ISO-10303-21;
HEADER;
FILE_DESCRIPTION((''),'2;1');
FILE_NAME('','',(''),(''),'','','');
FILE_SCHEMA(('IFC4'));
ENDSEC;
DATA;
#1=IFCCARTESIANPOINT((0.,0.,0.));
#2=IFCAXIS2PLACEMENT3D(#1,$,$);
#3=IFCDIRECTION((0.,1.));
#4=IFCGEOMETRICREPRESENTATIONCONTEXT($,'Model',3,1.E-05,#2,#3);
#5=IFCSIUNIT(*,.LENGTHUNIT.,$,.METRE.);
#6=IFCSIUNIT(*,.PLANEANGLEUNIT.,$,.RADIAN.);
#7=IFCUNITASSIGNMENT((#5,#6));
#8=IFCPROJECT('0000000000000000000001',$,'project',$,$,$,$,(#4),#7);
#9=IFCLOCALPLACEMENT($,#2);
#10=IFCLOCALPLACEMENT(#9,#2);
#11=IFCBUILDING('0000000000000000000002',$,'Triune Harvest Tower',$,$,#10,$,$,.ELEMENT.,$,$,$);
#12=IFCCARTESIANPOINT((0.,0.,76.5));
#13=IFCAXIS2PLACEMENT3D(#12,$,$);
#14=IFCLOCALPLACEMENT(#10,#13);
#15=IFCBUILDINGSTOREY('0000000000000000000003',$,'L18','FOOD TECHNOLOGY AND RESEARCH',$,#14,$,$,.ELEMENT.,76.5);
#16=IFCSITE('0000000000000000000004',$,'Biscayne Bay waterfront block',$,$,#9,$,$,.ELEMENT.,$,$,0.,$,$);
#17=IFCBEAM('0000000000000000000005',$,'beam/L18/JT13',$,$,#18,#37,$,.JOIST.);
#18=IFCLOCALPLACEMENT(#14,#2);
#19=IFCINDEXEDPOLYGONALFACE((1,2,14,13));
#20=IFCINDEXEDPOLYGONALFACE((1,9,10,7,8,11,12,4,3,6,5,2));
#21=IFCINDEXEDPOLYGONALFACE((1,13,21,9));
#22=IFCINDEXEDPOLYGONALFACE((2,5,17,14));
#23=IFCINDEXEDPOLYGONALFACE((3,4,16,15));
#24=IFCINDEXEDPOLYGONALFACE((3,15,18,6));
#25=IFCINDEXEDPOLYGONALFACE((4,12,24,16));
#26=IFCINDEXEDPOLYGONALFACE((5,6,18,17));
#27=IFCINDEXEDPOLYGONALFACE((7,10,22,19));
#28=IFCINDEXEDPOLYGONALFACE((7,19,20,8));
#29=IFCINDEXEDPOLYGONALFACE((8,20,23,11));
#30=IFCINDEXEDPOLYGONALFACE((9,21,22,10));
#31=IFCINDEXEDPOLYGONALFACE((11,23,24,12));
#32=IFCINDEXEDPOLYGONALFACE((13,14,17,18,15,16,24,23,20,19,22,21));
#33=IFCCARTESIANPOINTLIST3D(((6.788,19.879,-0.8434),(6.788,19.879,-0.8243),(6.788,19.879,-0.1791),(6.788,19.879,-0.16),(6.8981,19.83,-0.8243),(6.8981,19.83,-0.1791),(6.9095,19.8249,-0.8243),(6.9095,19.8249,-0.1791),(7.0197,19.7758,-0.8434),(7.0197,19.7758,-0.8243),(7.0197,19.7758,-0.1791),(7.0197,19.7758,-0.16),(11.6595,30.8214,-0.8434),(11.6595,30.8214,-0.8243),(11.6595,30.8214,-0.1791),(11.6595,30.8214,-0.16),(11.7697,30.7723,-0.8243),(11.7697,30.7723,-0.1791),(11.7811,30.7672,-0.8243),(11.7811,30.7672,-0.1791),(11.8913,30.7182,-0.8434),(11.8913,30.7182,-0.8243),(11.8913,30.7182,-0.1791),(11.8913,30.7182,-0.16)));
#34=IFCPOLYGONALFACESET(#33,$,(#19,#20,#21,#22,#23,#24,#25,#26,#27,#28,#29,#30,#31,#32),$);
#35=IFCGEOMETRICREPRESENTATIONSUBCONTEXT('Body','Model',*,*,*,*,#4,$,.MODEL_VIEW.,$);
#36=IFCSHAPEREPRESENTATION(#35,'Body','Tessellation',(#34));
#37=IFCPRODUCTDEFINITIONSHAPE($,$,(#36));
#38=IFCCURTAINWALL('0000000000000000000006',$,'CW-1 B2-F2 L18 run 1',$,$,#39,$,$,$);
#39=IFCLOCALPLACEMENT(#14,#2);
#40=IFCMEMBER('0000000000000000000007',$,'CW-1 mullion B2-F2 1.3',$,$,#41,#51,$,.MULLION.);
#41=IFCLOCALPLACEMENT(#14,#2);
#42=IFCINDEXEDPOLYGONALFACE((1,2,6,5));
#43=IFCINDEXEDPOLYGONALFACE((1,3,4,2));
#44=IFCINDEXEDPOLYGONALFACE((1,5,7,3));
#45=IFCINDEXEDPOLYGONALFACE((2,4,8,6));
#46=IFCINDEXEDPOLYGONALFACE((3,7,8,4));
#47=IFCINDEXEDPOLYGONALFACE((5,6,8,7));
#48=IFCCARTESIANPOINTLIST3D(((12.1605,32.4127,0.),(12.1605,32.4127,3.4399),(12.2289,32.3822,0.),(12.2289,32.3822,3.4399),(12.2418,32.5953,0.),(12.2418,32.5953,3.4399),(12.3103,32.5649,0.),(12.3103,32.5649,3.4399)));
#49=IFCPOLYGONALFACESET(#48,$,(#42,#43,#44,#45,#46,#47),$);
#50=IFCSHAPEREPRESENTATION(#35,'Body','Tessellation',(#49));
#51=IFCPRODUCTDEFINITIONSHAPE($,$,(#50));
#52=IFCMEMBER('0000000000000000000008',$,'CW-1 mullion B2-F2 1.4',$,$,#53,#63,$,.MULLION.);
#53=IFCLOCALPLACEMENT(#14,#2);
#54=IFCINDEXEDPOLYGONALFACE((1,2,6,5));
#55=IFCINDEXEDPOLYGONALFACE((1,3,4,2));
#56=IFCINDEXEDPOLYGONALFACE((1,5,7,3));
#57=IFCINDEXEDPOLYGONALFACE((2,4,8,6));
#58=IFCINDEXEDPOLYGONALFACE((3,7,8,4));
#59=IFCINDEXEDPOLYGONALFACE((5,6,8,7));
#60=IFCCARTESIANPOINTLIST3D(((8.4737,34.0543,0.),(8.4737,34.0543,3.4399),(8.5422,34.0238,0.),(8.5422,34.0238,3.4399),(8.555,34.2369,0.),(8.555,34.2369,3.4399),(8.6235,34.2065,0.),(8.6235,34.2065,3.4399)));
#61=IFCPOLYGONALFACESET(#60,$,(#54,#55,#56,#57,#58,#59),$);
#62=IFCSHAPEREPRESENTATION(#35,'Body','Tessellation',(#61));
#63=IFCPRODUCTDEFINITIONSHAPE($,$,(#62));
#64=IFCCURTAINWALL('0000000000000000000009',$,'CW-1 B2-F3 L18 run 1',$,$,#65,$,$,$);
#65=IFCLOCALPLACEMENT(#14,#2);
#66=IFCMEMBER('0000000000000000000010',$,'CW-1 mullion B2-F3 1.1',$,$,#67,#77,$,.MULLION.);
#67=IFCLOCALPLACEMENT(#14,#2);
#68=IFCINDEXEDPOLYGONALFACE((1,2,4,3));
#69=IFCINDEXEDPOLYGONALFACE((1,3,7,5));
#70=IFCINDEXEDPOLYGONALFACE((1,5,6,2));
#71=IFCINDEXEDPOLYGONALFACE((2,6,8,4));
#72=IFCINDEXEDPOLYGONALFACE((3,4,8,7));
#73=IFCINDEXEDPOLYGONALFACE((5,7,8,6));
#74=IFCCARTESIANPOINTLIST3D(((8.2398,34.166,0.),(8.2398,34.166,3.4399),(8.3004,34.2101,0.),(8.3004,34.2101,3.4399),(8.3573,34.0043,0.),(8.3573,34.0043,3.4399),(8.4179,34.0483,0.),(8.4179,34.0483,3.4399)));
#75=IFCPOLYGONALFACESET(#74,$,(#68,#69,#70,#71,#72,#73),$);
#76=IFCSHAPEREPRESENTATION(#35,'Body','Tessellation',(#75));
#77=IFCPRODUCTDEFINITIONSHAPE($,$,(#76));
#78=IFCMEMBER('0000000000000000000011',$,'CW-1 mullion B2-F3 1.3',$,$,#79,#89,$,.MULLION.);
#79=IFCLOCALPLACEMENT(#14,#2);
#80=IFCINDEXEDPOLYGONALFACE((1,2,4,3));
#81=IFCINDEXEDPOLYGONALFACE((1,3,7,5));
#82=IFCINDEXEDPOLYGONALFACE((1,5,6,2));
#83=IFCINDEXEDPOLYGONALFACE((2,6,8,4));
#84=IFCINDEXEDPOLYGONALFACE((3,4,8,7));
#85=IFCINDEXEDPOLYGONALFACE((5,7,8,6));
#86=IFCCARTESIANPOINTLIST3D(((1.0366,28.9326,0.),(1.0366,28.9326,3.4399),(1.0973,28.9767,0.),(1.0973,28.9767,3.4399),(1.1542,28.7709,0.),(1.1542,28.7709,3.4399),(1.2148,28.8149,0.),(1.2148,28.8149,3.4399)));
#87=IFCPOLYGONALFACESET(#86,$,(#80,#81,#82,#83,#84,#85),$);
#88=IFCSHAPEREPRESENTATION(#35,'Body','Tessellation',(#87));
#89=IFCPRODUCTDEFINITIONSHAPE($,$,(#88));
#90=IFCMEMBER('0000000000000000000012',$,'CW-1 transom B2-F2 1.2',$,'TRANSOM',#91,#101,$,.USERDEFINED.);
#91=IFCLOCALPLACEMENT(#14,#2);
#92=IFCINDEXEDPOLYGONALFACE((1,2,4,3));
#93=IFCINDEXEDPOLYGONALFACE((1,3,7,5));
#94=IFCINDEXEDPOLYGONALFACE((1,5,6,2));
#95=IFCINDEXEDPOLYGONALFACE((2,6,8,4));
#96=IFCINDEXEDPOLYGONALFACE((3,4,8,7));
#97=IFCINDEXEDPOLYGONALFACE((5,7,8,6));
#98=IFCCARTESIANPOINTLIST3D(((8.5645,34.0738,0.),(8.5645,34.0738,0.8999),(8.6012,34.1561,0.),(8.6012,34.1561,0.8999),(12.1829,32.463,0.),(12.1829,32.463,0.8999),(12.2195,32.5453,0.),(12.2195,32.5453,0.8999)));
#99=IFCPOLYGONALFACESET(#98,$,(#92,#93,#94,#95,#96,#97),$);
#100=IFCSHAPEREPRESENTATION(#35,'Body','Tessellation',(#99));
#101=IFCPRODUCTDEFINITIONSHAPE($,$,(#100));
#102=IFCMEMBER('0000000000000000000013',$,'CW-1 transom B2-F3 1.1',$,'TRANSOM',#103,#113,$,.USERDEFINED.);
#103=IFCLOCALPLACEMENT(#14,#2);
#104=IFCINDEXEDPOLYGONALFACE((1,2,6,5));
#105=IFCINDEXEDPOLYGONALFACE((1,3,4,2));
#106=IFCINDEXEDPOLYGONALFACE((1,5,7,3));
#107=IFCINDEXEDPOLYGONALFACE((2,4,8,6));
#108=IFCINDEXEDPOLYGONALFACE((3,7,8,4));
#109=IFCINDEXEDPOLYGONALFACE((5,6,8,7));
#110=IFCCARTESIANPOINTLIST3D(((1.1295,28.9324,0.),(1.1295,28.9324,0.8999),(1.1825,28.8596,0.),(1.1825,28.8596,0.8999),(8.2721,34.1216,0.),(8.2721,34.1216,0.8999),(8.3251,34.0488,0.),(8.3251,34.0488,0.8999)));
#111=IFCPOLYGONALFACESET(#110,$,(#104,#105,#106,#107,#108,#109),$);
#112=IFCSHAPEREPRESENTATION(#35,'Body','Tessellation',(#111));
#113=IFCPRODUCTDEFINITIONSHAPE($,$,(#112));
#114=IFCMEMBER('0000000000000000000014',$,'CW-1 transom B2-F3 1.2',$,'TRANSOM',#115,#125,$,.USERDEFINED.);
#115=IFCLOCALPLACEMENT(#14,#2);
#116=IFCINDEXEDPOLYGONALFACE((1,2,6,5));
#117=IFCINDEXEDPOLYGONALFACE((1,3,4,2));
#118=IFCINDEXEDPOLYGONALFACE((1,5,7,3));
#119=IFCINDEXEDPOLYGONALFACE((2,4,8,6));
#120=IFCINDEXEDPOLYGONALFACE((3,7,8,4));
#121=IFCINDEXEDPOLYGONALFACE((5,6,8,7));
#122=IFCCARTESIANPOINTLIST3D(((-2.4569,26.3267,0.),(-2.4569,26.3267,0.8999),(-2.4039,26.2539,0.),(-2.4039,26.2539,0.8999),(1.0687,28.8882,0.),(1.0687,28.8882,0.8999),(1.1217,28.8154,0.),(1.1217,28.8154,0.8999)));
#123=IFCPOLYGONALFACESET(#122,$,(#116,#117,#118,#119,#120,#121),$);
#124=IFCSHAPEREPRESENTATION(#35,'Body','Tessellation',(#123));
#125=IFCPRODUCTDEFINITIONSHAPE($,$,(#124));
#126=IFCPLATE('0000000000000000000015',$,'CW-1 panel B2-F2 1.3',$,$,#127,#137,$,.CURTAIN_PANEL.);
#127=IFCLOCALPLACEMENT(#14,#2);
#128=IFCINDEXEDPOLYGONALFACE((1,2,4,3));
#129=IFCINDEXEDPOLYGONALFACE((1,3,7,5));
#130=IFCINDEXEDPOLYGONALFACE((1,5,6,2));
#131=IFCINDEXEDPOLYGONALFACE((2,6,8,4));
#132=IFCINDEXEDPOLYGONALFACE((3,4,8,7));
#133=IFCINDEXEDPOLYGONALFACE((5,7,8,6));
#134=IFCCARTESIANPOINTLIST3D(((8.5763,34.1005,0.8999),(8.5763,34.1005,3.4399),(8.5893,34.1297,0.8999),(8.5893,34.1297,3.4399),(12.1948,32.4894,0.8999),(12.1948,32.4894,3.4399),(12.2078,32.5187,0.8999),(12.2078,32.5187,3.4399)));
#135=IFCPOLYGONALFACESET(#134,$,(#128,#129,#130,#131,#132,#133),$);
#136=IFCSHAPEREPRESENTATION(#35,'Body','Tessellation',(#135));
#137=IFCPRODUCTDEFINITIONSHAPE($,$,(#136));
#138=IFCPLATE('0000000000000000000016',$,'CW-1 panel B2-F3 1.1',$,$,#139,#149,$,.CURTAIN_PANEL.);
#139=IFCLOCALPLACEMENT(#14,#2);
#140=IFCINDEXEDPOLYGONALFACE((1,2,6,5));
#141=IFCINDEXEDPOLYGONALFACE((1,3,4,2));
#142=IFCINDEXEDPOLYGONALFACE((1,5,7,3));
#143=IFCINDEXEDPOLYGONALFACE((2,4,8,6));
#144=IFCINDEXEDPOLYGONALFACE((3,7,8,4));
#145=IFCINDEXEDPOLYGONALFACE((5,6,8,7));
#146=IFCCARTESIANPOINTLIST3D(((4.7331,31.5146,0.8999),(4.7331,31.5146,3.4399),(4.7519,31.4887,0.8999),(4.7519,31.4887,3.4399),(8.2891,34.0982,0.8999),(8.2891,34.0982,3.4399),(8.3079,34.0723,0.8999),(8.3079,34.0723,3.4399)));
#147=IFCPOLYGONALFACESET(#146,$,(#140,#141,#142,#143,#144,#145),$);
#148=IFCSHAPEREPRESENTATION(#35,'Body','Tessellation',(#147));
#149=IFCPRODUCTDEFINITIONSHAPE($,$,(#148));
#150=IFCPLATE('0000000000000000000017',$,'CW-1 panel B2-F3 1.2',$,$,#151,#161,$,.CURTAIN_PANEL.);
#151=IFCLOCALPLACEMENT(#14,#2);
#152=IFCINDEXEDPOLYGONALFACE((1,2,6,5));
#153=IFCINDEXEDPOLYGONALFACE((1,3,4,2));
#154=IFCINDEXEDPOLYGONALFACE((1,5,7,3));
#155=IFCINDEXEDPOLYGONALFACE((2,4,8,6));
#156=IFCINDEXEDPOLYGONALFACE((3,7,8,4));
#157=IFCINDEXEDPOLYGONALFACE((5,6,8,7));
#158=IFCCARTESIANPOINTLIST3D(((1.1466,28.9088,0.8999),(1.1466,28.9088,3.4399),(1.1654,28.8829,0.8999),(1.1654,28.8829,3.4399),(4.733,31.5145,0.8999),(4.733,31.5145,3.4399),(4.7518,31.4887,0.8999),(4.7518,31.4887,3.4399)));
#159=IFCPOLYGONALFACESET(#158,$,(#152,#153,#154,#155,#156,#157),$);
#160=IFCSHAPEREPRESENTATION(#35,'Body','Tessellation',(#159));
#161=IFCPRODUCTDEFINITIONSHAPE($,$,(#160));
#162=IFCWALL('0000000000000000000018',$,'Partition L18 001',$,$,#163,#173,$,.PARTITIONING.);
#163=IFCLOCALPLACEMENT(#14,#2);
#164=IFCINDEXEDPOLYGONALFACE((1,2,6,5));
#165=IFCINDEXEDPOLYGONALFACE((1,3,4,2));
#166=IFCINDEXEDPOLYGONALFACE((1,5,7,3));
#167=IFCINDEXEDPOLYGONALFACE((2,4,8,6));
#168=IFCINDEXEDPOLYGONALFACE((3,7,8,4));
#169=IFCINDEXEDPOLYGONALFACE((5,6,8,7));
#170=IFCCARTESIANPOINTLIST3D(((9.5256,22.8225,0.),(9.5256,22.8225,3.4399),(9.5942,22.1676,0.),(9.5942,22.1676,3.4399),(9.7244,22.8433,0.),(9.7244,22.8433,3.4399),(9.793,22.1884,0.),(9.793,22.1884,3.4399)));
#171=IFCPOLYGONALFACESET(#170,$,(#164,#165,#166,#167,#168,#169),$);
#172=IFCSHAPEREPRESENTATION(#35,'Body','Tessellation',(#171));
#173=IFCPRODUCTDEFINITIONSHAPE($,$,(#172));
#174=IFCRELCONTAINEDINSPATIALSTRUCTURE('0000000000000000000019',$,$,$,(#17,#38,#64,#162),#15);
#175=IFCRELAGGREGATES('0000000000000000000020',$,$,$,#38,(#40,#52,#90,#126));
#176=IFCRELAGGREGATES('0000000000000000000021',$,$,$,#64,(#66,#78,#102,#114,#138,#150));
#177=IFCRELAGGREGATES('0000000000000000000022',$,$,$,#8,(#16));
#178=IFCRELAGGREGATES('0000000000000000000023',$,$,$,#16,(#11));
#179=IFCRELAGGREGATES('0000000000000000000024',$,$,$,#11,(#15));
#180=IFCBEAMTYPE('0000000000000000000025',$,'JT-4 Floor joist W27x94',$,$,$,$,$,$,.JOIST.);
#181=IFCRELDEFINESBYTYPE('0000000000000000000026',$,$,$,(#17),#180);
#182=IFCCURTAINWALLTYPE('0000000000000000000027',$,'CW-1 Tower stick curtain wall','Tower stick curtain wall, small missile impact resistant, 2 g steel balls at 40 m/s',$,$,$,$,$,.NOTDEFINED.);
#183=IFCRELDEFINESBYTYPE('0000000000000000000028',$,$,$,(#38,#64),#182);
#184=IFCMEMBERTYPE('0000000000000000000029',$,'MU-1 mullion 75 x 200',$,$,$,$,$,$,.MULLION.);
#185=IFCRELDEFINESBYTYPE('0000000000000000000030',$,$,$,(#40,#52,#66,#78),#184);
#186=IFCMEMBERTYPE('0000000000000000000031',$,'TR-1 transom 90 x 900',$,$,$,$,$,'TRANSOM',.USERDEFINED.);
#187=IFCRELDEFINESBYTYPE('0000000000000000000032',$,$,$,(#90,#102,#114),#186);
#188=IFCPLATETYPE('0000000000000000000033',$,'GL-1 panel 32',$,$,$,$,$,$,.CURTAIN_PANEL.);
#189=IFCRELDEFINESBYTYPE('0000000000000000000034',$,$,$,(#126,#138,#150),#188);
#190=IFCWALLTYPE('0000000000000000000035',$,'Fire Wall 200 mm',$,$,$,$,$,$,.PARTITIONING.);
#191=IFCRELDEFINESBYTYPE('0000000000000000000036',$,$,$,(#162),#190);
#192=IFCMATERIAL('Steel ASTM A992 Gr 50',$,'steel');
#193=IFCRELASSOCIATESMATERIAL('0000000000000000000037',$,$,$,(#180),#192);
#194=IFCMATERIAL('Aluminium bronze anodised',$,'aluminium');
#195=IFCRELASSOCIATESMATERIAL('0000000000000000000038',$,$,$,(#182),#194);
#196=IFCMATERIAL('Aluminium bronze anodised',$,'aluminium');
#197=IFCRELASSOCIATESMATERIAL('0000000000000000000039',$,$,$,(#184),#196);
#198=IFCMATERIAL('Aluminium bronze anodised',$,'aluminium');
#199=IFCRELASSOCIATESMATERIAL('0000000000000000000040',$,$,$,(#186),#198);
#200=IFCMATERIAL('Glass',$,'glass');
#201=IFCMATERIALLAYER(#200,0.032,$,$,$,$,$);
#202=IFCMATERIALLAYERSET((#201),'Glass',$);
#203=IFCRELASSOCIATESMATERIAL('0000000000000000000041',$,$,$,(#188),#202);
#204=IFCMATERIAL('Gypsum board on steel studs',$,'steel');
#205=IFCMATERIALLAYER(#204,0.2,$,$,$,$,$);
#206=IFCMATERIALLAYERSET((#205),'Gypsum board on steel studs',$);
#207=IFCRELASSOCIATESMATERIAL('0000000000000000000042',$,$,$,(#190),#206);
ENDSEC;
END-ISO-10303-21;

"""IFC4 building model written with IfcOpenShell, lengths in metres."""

from ifc_helpers import new_model, si_unit, direction, frame, frame_2d, origin, origin_2d, place, context, subcontext, project, spatial, rectangle, i_section, extrude, source, transform, mapped, material, layer, layer_set, material_profile, profile_set, type_object, element, aggregate, save


model = new_model("IFC4")

# Units and contexts
model_context = context("Model", 3, precision=1e-05, world=origin(), true_north=direction((0.0, 1.0)))
body_context = subcontext(model_context, "Body", "Model", "MODEL_VIEW")
ifc_project = project(units=[si_unit("LENGTHUNIT", "METRE"), si_unit("PLANEANGLEUNIT", "RADIAN")], contexts=[model_context])

# Site, building, storey
site_placement = place(None, origin())
site = spatial("IfcSite", under=ifc_project, at=site_placement, Name="Biscayne Bay waterfront block", CompositionType="ELEMENT", RefElevation=0.0)
building_placement = place(site_placement, origin())
building = spatial("IfcBuilding", under=site, at=building_placement, Name="Triune Harvest Tower", CompositionType="ELEMENT")
storey_placement = place(building_placement, frame((0.0, 0.0, 76.5)))
storey = spatial("IfcBuildingStorey", under=building, at=storey_placement, Name="L18", Description="FOOD TECHNOLOGY AND RESEARCH", CompositionType="ELEMENT", Elevation=76.5)

# Beam
ifc_material_1 = material(Name="Steel ASTM A992 Gr 50", Category="steel")
ifc_material_profile_1 = material_profile(ifc_material_1, i_section(OverallWidth=0.2537, OverallDepth=0.6833, WebThickness=0.0125, FlangeThickness=0.019, at=origin_2d()), Name="W27x94")
ifc_profile_set_1 = profile_set([ifc_material_profile_1], Name="Steel ASTM A992 Gr 50")
beam_type_1 = type_object("IfcBeamType", Name="JT-4 Floor joist W27x94", PredefinedType="JOIST", material=ifc_profile_set_1)
shared_shape_1 = source(origin(), body_context, "Body", "SweptSolid", [
    extrude(i_section(OverallWidth=0.2537, OverallDepth=0.6833, WebThickness=0.0125, FlangeThickness=0.019, at=origin_2d()), origin(), (0.0, 0.0, 1.0), 11.9778),
])
beam_1_placement = place(storey_placement, frame((11.7754, 30.7698, -0.5017), z_axis=(-0.406717, -0.913554, 0.0), x_axis=(0.913554, -0.406717, 0.0)))
element("IfcBeam", 1, at=beam_1_placement, inside=storey, type_object=beam_type_1, Name="beam/L18/JT13", PredefinedType="JOIST", context=body_context, shape_type="MappedRepresentation", body=[
    mapped(shared_shape_1, transform((0.0, 0.0, 0.0), scale=1.0)),
])

# Curtain walls, members
ifc_material_2 = material(Name="Aluminium bronze anodised", Category="aluminium")
curtain_wall_type = type_object("IfcCurtainWallType", Name="CW-1 Tower stick curtain wall", Description="Tower stick curtain wall, small missile impact resistant, 2 g steel balls at 40 m/s", PredefinedType="NOTDEFINED", material=ifc_material_2)
curtain_wall_1_placement = place(storey_placement, origin())
curtain_wall_1 = element("IfcCurtainWall", 2, at=curtain_wall_1_placement, inside=storey, type_object=curtain_wall_type, Name="CW-1 B2-F2 L18 run 1")
ifc_material_3 = material(Name="Aluminium bronze anodised", Category="aluminium")
ifc_material_profile_2 = material_profile(ifc_material_3, rectangle(XDim=0.2, YDim=0.075, at=origin_2d()), Name="MU-1 mullion 75 x 200")
ifc_profile_set_2 = profile_set([ifc_material_profile_2], Name="Aluminium bronze anodised")
member_type_1 = type_object("IfcMemberType", Name="MU-1 mullion 75 x 200", PredefinedType="MULLION", material=ifc_profile_set_2)
shared_shape_2 = source(origin(), body_context, "Body", "SweptSolid", [
    extrude(rectangle(XDim=0.2, YDim=0.075, at=origin_2d()), origin(), (0.0, 0.0, 1.0), 3.4399),
])
member_1_placement = place(storey_placement, frame((12.2354, 32.4888, 0.0), z_axis=(0.0, 0.0, 1.0), x_axis=(-0.406734, -0.913547, 0.0)))
member_1 = element("IfcMember", 3, at=member_1_placement, type_object=member_type_1, Name="CW-1 mullion B2-F2 1.3", PredefinedType="MULLION", context=body_context, shape_type="MappedRepresentation", body=[
    mapped(shared_shape_2, transform((0.0, 0.0, 0.0), scale=1.0)),
])
member_2_placement = place(storey_placement, frame((8.5486, 34.1304, 0.0), z_axis=(0.0, 0.0, 1.0), x_axis=(-0.406734, -0.913547, 0.0)))
member_2 = element("IfcMember", 4, at=member_2_placement, type_object=member_type_1, Name="CW-1 mullion B2-F2 1.4", PredefinedType="MULLION", context=body_context, shape_type="MappedRepresentation", body=[
    mapped(shared_shape_2, transform((0.0, 0.0, 0.0), scale=1.0)),
])
curtain_wall_2_placement = place(storey_placement, origin())
curtain_wall_2 = element("IfcCurtainWall", 5, at=curtain_wall_2_placement, inside=storey, type_object=curtain_wall_type, Name="CW-1 B2-F3 L18 run 1")
member_3_placement = place(storey_placement, frame((8.3289, 34.1072, 0.0), z_axis=(0.0, 0.0, 1.0), x_axis=(0.587785, -0.809017, 0.0)))
member_3 = element("IfcMember", 6, at=member_3_placement, type_object=member_type_1, Name="CW-1 mullion B2-F3 1.1", PredefinedType="MULLION", context=body_context, shape_type="MappedRepresentation", body=[
    mapped(shared_shape_2, transform((0.0, 0.0, 0.0), scale=1.0)),
])
member_4_placement = place(storey_placement, frame((1.1257, 28.8738, 0.0), z_axis=(0.0, 0.0, 1.0), x_axis=(0.587785, -0.809017, 0.0)))
member_4 = element("IfcMember", 7, at=member_4_placement, type_object=member_type_1, Name="CW-1 mullion B2-F3 1.3", PredefinedType="MULLION", context=body_context, shape_type="MappedRepresentation", body=[
    mapped(shared_shape_2, transform((0.0, 0.0, 0.0), scale=1.0)),
])

# Members
ifc_material_4 = material(Name="Aluminium bronze anodised", Category="aluminium")
ifc_material_profile_3 = material_profile(ifc_material_4, rectangle(XDim=0.0901, YDim=0.8999, at=origin_2d()), Name="TR-1 transom 90 x 900")
ifc_profile_set_3 = profile_set([ifc_material_profile_3], Name="Aluminium bronze anodised")
member_type_2 = type_object("IfcMemberType", Name="TR-1 transom 90 x 900", ElementType="TRANSOM", PredefinedType="USERDEFINED", material=ifc_profile_set_3)
shared_shape_3 = source(origin(), body_context, "Body", "SweptSolid", [
    extrude(rectangle(XDim=0.0901, YDim=0.8999, at=origin_2d()), origin(), (0.0, 0.0, 1.0), 3.9607),
])
member_5_placement = place(storey_placement, frame((12.2012, 32.5042, 0.45), z_axis=(-0.913562, 0.406699, 0.0), x_axis=(-0.406699, -0.913562, 0.0)))
member_5 = element("IfcMember", 8, at=member_5_placement, type_object=member_type_2, Name="CW-1 transom B2-F2 1.2", ObjectType="TRANSOM", PredefinedType="USERDEFINED", context=body_context, shape_type="MappedRepresentation", body=[
    mapped(shared_shape_3, transform((0.0, 0.0, 0.0), scale=1.0)),
])
shared_shape_4 = source(origin(), body_context, "Body", "SweptSolid", [
    extrude(rectangle(XDim=0.0901, YDim=0.8999, at=origin_2d()), origin(), (0.0, 0.0, 1.0), 8.8286),
])
member_6_placement = place(storey_placement, frame((8.2986, 34.0852, 0.45), z_axis=(-0.809027, -0.587772, 0.0), x_axis=(0.587772, -0.809027, 0.0)))
member_6 = element("IfcMember", 9, at=member_6_placement, type_object=member_type_2, Name="CW-1 transom B2-F3 1.1", ObjectType="TRANSOM", PredefinedType="USERDEFINED", context=body_context, shape_type="MappedRepresentation", body=[
    mapped(shared_shape_4, transform((0.0, 0.0, 0.0), scale=1.0)),
])
shared_shape_5 = source(origin(), body_context, "Body", "SweptSolid", [
    extrude(rectangle(XDim=0.0901, YDim=0.8999, at=origin_2d()), origin(), (0.0, 0.0, 1.0), 4.3579),
])
member_7_placement = place(storey_placement, frame((1.0952, 28.8518, 0.45), z_axis=(-0.809017, -0.587785, 0.0), x_axis=(0.587785, -0.809017, 0.0)))
member_7 = element("IfcMember", 10, at=member_7_placement, type_object=member_type_2, Name="CW-1 transom B2-F3 1.2", ObjectType="TRANSOM", PredefinedType="USERDEFINED", context=body_context, shape_type="MappedRepresentation", body=[
    mapped(shared_shape_5, transform((0.0, 0.0, 0.0), scale=1.0)),
])

# Plates
ifc_material_5 = material(Name="Glass", Category="glass")
ifc_layer_1 = layer(ifc_material_5, 0.032)
ifc_layer_set_1 = layer_set([ifc_layer_1], Name="Glass")
plate_type = type_object("IfcPlateType", Name="GL-1 panel 32", PredefinedType="CURTAIN_PANEL", material=ifc_layer_set_1)
shared_shape_6 = source(origin(), body_context, "Body", "SweptSolid", [
    extrude(rectangle(XDim=3.9609, YDim=0.032, at=origin_2d()), origin(), (0.0, 0.0, 1.0), 2.54),
])
plate_1_placement = place(storey_placement, frame((10.3921, 33.3096, 0.8999), z_axis=(0.0, 0.0, 1.0), x_axis=(-0.913547, 0.406734, 0.0)))
plate_1 = element("IfcPlate", 11, at=plate_1_placement, type_object=plate_type, Name="CW-1 panel B2-F2 1.3", PredefinedType="CURTAIN_PANEL", context=body_context, shape_type="MappedRepresentation", body=[
    mapped(shared_shape_6, transform((0.0, 0.0, 0.0), scale=1.0)),
])
aggregate(curtain_wall_1, [member_1, member_2, member_5, plate_1])
shared_shape_7 = source(origin(), body_context, "Body", "SweptSolid", [
    extrude(rectangle(XDim=4.3955, YDim=0.032, at=origin_2d()), origin(), (0.0, 0.0, 1.0), 2.54),
])
plate_2_placement = place(storey_placement, frame((6.5205, 32.7935, 0.8999), z_axis=(0.0, 0.0, 1.0), x_axis=(-0.809017, -0.587785, 0.0)))
plate_2 = element("IfcPlate", 12, at=plate_2_placement, type_object=plate_type, Name="CW-1 panel B2-F3 1.1", PredefinedType="CURTAIN_PANEL", context=body_context, shape_type="MappedRepresentation", body=[
    mapped(shared_shape_7, transform((0.0, 0.0, 0.0), scale=1.0)),
])
shared_shape_8 = source(origin(), body_context, "Body", "SweptSolid", [
    extrude(rectangle(XDim=4.4331, YDim=0.032, at=origin_2d()), origin(), (0.0, 0.0, 1.0), 2.54),
])
plate_3_placement = place(storey_placement, frame((2.9492, 30.1987, 0.8999), z_axis=(0.0, 0.0, 1.0), x_axis=(-0.809017, -0.587785, 0.0)))
plate_3 = element("IfcPlate", 13, at=plate_3_placement, type_object=plate_type, Name="CW-1 panel B2-F3 1.2", PredefinedType="CURTAIN_PANEL", context=body_context, shape_type="MappedRepresentation", body=[
    mapped(shared_shape_8, transform((0.0, 0.0, 0.0), scale=1.0)),
])
aggregate(curtain_wall_2, [member_3, member_4, member_6, member_7, plate_2, plate_3])

# Wall
ifc_material_6 = material(Name="Gypsum board on steel studs", Category="steel")
ifc_layer_2 = layer(ifc_material_6, 0.2)
ifc_layer_set_2 = layer_set([ifc_layer_2], Name="Gypsum board on steel studs")
wall_type_1 = type_object("IfcWallType", Name="Fire Wall 200 mm", PredefinedType="PARTITIONING", material=ifc_layer_set_2)
wall_1_placement = place(storey_placement, frame((9.625, 22.8328, 0.0), z_axis=(0.0, 0.0, 1.0), x_axis=(0.104202, -0.994556, 0.0)))
element("IfcWall", 14, at=wall_1_placement, inside=storey, type_object=wall_type_1, Name="Partition L18 001", PredefinedType="PARTITIONING", context=body_context, shape_type="SweptSolid", body=[
    extrude(rectangle(XDim=0.6584, YDim=0.2, at=frame_2d((0.3291, 0.0))), origin(), (0.0, 0.0, 1.0), 3.4399),
])

save(model, "model.ifc")
